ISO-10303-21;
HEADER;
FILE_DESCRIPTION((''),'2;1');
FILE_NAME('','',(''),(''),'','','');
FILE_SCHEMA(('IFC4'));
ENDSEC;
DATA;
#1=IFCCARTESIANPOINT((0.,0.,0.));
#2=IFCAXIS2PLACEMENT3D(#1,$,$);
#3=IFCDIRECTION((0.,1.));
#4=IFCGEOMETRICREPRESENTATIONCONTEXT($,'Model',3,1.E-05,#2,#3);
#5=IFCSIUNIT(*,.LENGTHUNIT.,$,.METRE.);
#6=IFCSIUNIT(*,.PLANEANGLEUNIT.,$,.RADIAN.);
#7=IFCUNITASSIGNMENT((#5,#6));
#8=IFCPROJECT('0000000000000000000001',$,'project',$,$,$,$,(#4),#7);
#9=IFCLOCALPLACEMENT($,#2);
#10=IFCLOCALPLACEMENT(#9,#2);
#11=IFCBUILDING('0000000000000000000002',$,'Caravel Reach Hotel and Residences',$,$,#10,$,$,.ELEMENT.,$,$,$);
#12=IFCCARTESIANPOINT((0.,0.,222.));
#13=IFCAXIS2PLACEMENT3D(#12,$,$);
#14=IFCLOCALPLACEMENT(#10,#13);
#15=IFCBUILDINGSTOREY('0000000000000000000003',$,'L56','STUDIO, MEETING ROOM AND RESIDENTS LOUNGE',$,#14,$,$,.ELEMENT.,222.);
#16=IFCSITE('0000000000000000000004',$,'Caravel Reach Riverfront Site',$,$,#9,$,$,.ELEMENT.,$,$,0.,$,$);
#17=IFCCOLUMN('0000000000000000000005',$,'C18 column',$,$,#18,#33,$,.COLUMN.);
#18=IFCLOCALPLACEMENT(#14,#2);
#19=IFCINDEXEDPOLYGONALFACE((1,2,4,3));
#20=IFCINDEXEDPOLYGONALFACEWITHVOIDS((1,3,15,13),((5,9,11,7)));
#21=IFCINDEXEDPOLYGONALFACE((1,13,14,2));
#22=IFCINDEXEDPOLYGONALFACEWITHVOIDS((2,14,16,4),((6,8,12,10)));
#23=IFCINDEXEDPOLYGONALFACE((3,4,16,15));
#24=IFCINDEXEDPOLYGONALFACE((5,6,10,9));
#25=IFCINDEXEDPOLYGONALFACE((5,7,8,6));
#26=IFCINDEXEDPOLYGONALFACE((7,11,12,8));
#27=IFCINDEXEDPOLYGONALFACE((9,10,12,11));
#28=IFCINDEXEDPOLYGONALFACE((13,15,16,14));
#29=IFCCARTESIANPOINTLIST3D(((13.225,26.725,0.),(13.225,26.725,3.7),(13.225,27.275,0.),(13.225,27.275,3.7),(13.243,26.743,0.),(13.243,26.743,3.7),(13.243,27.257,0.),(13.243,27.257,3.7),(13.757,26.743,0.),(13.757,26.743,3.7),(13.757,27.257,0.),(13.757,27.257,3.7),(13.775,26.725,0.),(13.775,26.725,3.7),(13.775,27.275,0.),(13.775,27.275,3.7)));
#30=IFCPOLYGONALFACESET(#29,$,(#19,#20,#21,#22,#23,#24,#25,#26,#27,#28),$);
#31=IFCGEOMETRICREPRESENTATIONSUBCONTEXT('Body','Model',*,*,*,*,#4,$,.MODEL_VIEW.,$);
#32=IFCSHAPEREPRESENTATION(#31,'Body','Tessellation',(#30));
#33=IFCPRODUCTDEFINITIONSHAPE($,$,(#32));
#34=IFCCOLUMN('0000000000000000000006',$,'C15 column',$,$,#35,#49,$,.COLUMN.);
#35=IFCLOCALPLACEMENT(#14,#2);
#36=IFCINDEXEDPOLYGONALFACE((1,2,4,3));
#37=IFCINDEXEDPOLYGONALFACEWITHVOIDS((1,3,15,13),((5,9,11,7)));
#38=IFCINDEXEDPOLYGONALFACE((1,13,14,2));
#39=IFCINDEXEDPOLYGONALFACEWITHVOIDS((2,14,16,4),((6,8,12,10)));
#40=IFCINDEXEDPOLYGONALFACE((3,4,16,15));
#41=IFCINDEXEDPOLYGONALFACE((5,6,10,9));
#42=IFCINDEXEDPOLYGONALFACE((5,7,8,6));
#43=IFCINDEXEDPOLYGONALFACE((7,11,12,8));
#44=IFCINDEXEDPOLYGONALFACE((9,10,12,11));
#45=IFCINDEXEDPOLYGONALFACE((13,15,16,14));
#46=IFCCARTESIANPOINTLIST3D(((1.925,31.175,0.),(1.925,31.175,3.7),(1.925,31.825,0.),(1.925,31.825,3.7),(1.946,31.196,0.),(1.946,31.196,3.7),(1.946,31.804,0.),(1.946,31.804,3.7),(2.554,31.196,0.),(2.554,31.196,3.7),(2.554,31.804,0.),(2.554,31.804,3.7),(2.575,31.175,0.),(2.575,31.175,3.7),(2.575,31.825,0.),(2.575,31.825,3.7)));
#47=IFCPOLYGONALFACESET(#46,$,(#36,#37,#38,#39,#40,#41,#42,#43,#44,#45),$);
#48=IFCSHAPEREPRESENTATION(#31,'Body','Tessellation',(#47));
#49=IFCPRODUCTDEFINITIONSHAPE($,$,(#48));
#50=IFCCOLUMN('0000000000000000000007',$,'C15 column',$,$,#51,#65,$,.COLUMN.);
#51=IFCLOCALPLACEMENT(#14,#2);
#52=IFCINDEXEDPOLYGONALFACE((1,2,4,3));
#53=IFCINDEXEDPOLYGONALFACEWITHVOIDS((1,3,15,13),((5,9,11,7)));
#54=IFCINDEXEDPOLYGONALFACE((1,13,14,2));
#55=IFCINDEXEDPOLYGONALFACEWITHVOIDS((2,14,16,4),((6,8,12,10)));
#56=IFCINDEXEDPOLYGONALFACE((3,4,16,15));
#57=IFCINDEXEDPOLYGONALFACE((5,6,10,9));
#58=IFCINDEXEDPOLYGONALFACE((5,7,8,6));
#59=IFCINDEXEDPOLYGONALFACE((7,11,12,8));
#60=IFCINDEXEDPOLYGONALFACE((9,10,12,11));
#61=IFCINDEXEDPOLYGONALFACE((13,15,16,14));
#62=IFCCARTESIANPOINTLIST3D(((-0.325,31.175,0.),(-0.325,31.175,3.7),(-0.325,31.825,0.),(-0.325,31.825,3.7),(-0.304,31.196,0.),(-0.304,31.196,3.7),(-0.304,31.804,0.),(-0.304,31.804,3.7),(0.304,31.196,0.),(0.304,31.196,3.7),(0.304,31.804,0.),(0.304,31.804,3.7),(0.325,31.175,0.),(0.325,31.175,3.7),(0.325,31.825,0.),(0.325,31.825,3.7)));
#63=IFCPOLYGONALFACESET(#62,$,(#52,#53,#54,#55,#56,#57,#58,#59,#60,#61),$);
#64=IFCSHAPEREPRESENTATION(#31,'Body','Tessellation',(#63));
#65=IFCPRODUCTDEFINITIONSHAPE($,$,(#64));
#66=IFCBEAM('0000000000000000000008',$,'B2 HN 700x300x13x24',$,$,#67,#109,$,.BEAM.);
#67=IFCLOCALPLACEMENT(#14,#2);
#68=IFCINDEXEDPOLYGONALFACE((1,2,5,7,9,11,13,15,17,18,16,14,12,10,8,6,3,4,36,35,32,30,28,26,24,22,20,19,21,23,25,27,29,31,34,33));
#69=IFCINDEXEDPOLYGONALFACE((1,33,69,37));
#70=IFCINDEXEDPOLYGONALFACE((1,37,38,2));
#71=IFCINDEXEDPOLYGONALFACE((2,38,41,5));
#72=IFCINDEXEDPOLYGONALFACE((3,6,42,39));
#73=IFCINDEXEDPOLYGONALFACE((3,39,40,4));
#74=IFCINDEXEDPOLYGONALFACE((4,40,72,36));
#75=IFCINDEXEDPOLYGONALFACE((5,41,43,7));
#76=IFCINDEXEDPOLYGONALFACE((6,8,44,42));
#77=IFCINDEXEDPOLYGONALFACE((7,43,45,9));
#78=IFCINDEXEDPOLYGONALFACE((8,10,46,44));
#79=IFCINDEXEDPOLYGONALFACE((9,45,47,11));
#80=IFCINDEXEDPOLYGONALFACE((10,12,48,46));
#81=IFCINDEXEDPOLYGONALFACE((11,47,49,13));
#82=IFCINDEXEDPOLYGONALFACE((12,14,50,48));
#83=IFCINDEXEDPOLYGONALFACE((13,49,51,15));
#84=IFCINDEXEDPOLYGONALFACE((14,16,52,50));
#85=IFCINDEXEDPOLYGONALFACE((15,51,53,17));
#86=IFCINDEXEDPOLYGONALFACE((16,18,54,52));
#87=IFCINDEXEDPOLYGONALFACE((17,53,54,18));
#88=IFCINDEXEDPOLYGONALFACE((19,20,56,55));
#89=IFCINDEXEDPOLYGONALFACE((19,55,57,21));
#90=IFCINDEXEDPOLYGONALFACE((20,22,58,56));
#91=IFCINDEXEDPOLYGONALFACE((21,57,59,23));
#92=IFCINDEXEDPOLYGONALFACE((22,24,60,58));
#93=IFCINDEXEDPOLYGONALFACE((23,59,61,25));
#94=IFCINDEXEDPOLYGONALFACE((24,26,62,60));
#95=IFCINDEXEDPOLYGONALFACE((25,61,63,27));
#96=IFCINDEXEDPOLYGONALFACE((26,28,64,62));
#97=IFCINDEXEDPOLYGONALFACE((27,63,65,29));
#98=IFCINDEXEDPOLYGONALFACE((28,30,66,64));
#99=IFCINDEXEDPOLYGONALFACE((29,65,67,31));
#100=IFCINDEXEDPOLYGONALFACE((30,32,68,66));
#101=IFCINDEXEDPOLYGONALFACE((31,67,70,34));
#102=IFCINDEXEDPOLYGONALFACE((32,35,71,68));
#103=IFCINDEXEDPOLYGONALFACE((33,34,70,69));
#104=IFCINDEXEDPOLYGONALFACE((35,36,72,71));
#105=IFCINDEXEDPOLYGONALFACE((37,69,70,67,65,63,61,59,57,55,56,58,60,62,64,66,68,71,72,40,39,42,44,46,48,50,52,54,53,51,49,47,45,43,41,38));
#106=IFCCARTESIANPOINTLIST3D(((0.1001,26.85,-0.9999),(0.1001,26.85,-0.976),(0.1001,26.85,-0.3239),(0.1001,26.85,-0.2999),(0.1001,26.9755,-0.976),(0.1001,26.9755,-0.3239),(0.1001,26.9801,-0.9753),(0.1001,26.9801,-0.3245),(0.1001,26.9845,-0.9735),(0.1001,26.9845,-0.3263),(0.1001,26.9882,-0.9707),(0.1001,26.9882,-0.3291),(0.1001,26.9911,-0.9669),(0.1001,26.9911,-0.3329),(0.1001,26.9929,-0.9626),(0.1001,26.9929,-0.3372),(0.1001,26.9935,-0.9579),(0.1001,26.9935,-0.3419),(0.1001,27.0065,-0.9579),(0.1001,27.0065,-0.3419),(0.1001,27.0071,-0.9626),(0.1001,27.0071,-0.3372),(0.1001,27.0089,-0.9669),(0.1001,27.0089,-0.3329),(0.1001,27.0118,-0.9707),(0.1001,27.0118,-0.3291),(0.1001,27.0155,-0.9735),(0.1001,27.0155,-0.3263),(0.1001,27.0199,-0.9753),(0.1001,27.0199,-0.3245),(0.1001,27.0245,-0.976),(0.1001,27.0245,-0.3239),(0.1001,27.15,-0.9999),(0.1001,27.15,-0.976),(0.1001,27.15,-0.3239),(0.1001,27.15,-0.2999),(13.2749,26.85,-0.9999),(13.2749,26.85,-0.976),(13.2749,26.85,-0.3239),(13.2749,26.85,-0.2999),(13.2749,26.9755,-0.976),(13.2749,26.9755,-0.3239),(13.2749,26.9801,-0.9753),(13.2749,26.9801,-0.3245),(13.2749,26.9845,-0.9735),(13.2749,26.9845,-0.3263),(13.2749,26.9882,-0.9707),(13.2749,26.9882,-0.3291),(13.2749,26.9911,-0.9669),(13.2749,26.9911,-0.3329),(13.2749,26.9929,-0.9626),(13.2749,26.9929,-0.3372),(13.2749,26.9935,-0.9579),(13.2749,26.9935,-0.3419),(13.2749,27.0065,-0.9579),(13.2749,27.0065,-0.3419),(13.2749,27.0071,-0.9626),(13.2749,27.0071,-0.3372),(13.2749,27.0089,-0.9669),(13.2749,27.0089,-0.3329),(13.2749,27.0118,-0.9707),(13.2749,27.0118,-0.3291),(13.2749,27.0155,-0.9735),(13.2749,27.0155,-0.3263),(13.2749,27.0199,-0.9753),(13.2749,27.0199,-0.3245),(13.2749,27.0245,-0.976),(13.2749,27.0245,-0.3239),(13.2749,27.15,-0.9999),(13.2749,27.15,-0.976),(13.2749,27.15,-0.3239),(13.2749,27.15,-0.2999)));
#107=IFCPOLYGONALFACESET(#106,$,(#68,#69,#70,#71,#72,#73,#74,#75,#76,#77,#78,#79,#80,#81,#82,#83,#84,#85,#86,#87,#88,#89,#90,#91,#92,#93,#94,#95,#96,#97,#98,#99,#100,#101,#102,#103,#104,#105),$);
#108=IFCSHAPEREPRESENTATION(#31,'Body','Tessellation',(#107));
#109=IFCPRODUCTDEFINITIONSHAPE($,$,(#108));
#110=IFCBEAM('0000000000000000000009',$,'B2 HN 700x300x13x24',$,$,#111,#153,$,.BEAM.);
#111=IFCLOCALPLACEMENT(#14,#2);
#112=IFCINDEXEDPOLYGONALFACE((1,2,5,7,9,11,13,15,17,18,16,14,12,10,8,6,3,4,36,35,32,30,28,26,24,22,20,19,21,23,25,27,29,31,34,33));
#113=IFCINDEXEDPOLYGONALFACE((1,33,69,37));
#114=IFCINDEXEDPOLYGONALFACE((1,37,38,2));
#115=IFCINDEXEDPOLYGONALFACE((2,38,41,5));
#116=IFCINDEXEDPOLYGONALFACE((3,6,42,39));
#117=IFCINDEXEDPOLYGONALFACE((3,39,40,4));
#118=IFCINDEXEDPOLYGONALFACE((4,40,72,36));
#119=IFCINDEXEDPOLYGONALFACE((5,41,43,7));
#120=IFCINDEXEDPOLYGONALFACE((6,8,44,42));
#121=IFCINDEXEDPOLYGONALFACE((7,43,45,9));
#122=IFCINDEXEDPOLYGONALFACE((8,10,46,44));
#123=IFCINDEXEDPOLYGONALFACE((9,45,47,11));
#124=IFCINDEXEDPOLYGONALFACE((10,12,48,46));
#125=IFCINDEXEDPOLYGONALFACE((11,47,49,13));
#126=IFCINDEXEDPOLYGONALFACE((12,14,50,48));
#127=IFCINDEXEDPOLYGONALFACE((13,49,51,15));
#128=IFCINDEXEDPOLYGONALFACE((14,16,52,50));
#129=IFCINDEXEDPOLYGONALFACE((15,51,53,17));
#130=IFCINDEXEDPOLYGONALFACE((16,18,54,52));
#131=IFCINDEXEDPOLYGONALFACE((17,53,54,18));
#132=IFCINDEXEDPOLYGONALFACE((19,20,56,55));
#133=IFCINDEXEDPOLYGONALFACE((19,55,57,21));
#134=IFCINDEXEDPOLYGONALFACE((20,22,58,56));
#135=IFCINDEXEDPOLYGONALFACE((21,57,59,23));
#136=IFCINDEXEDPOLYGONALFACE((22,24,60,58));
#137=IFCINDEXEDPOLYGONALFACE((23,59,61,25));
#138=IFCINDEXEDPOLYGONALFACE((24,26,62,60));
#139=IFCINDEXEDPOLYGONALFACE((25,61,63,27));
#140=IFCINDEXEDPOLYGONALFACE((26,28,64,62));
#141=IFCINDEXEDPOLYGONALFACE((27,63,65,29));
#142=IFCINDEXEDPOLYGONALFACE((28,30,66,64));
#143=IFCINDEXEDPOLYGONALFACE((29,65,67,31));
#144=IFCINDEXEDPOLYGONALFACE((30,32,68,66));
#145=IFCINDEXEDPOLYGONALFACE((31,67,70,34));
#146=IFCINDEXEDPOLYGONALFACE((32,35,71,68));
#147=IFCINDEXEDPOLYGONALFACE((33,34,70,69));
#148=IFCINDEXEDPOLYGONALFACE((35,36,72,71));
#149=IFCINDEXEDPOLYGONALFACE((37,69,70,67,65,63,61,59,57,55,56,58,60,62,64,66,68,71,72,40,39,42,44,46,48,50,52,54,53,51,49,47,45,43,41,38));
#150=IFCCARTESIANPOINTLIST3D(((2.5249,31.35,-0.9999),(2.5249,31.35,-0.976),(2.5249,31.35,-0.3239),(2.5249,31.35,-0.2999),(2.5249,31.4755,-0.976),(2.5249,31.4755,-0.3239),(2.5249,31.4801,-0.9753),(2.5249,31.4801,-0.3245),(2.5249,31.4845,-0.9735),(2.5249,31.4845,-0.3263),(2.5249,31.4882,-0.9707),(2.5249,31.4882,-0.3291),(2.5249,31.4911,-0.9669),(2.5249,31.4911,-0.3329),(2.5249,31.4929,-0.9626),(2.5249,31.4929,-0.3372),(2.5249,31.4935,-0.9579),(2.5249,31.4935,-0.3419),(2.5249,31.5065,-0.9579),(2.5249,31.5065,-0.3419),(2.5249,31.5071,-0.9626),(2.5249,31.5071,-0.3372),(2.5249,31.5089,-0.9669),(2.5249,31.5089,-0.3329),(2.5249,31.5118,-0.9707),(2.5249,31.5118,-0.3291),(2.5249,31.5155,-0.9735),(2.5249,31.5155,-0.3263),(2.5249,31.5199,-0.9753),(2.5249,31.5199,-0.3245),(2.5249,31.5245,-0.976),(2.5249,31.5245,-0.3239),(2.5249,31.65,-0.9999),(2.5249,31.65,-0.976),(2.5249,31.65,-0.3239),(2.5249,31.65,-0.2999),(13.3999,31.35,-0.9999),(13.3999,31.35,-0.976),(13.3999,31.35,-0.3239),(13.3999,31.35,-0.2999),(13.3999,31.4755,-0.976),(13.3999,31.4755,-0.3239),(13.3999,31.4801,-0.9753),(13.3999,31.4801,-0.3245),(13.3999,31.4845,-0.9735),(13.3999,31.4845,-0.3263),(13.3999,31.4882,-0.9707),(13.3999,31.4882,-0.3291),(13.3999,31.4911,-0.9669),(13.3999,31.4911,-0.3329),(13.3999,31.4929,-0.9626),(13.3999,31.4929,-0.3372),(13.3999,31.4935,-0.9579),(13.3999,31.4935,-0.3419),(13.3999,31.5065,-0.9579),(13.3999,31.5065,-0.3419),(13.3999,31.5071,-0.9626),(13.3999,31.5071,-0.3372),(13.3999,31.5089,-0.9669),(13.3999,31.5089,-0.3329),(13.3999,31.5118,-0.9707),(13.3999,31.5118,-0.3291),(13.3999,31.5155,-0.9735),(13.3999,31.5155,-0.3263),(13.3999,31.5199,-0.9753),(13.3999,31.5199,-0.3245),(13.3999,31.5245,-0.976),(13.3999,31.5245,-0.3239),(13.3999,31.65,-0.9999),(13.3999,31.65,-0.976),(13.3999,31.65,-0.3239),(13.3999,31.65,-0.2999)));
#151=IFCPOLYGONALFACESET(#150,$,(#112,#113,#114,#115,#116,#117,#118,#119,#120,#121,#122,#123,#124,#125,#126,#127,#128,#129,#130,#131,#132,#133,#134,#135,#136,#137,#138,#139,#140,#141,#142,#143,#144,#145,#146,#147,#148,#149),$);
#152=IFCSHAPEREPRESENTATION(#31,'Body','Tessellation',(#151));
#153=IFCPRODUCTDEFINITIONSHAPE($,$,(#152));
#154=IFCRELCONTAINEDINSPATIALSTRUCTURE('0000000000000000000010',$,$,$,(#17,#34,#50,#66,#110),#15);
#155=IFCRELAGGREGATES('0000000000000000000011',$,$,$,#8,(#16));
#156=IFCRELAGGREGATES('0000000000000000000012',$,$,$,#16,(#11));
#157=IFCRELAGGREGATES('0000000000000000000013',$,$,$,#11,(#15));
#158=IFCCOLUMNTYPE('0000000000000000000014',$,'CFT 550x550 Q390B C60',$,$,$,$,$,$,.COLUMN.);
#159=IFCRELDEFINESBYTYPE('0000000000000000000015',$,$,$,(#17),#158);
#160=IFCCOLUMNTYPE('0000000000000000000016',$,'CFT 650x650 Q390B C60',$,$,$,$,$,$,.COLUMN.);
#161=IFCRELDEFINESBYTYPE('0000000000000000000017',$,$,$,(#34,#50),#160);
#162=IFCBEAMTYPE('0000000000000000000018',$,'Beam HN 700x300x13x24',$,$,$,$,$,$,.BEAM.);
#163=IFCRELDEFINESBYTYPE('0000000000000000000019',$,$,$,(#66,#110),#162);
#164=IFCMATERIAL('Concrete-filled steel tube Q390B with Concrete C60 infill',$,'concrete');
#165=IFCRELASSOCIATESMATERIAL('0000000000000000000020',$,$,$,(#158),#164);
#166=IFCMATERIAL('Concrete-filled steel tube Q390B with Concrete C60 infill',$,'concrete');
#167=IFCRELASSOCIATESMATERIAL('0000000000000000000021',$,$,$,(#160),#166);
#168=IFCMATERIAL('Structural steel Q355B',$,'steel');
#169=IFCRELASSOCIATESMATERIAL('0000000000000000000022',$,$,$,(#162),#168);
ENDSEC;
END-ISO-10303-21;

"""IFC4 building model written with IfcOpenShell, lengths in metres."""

from ifc_helpers import new_model, si_unit, direction, frame, origin, origin_2d, place, context, subcontext, project, spatial, hollow_rectangle, i_section, extrude, material, material_profile, profile_set, type_object, element, save


model = new_model("IFC4")

# Units and contexts
model_context = context("Model", 3, precision=1e-05, world=origin(), true_north=direction((0.0, 1.0)))
body_context = subcontext(model_context, "Body", "Model", "MODEL_VIEW")
ifc_project = project(units=[si_unit("LENGTHUNIT", "METRE"), si_unit("PLANEANGLEUNIT", "RADIAN")], contexts=[model_context])

# Site, building, storey
site_placement = place(None, origin())
site = spatial("IfcSite", under=ifc_project, at=site_placement, Name="Caravel Reach Riverfront Site", CompositionType="ELEMENT", RefElevation=0.0)
building_placement = place(site_placement, origin())
building = spatial("IfcBuilding", under=site, at=building_placement, Name="Caravel Reach Hotel and Residences", CompositionType="ELEMENT")
storey_placement = place(building_placement, frame((0.0, 0.0, 222.0)))
storey = spatial("IfcBuildingStorey", under=building, at=storey_placement, Name="L56", Description="STUDIO, MEETING ROOM AND RESIDENTS LOUNGE", CompositionType="ELEMENT", Elevation=222.0)

# Columns
ifc_material_1 = material(Name="Concrete-filled steel tube Q390B with Concrete C60 infill", Category="concrete")
ifc_material_profile_1 = material_profile(ifc_material_1, hollow_rectangle(XDim=0.55, YDim=0.55, WallThickness=0.0181, at=origin_2d()), Name="RHS 550x550x18")
ifc_profile_set_1 = profile_set([ifc_material_profile_1], Name="Concrete-filled steel tube Q390B with Concrete C60 infill")
column_type_1 = type_object("IfcColumnType", Name="CFT 550x550 Q390B C60", PredefinedType="COLUMN", material=ifc_profile_set_1)
column_placement = place(storey_placement, frame((13.5, 27.0, 0.0), z_axis=(0.0, 0.0, 1.0), x_axis=(1.0, 0.0, 0.0)))
element("IfcColumn", 1, at=column_placement, inside=storey, type_object=column_type_1, Name="C18 column", PredefinedType="COLUMN", context=body_context, shape_type="SweptSolid", body=[
    extrude(hollow_rectangle(XDim=0.55, YDim=0.55, WallThickness=0.0181, at=origin_2d()), origin(), (0.0, 0.0, 1.0), 3.7),
])
ifc_material_2 = material(Name="Concrete-filled steel tube Q390B with Concrete C60 infill", Category="concrete")
ifc_material_profile_2 = material_profile(ifc_material_2, hollow_rectangle(XDim=0.6499, YDim=0.6499, WallThickness=0.021, at=origin_2d()), Name="RHS 650x650x21")
ifc_profile_set_2 = profile_set([ifc_material_profile_2], Name="Concrete-filled steel tube Q390B with Concrete C60 infill")
column_type_2 = type_object("IfcColumnType", Name="CFT 650x650 Q390B C60", PredefinedType="COLUMN", material=ifc_profile_set_2)
for number, where, z_axis, x_axis, name in (
    (2, (2.25, 31.5, 0.0), (0.0, 0.0, 1.0), (1.0, 0.0, 0.0), "C15 column"),
    (3, (0.0, 31.5, 0.0), (0.0, 0.0, 1.0), (1.0, 0.0, 0.0), "C15 column"),
):
    element("IfcColumn", number, at=place(storey_placement, frame(where, z_axis=z_axis, x_axis=x_axis)), inside=storey, type_object=column_type_2, Name=name, PredefinedType="COLUMN", context=body_context, shape_type="SweptSolid", body=[
        extrude(hollow_rectangle(XDim=0.6499, YDim=0.6499, WallThickness=0.021, at=origin_2d()), origin(), (0.0, 0.0, 1.0), 3.7),
    ])

# Beams
ifc_material_3 = material(Name="Structural steel Q355B", Category="steel")
ifc_material_profile_3 = material_profile(ifc_material_3, i_section(OverallWidth=0.3, OverallDepth=0.7, WebThickness=0.0129, FlangeThickness=0.0239, FilletRadius=0.0181, at=origin_2d()), Name="HN 700x300x13x24")
ifc_profile_set_3 = profile_set([ifc_material_profile_3], Name="Structural steel Q355B")
beam_type_1 = type_object("IfcBeamType", Name="Beam HN 700x300x13x24", PredefinedType="BEAM", material=ifc_profile_set_3)
beam_1_placement = place(storey_placement, frame((13.2749, 27.0, -0.6499), z_axis=(-1.0, 0.0, 0.0), x_axis=(0.0, -1.0, 0.0)))
element("IfcBeam", 4, at=beam_1_placement, inside=storey, type_object=beam_type_1, Name="B2 HN 700x300x13x24", PredefinedType="BEAM", context=body_context, shape_type="SweptSolid", body=[
    extrude(i_section(OverallWidth=0.3, OverallDepth=0.7, WebThickness=0.0129, FlangeThickness=0.0239, FilletRadius=0.0181, at=origin_2d()), origin(), (0.0, 0.0, 1.0), 13.1748),
])
beam_2_placement = place(storey_placement, frame((13.3999, 31.5, -0.6499), z_axis=(-1.0, 0.0, 0.0), x_axis=(0.0, -1.0, 0.0)))
element("IfcBeam", 5, at=beam_2_placement, inside=storey, type_object=beam_type_1, Name="B2 HN 700x300x13x24", PredefinedType="BEAM", context=body_context, shape_type="SweptSolid", body=[
    extrude(i_section(OverallWidth=0.3, OverallDepth=0.7, WebThickness=0.0129, FlangeThickness=0.0239, FilletRadius=0.0181, at=origin_2d()), origin(), (0.0, 0.0, 1.0), 10.875),
])

save(model, "model.ifc")
